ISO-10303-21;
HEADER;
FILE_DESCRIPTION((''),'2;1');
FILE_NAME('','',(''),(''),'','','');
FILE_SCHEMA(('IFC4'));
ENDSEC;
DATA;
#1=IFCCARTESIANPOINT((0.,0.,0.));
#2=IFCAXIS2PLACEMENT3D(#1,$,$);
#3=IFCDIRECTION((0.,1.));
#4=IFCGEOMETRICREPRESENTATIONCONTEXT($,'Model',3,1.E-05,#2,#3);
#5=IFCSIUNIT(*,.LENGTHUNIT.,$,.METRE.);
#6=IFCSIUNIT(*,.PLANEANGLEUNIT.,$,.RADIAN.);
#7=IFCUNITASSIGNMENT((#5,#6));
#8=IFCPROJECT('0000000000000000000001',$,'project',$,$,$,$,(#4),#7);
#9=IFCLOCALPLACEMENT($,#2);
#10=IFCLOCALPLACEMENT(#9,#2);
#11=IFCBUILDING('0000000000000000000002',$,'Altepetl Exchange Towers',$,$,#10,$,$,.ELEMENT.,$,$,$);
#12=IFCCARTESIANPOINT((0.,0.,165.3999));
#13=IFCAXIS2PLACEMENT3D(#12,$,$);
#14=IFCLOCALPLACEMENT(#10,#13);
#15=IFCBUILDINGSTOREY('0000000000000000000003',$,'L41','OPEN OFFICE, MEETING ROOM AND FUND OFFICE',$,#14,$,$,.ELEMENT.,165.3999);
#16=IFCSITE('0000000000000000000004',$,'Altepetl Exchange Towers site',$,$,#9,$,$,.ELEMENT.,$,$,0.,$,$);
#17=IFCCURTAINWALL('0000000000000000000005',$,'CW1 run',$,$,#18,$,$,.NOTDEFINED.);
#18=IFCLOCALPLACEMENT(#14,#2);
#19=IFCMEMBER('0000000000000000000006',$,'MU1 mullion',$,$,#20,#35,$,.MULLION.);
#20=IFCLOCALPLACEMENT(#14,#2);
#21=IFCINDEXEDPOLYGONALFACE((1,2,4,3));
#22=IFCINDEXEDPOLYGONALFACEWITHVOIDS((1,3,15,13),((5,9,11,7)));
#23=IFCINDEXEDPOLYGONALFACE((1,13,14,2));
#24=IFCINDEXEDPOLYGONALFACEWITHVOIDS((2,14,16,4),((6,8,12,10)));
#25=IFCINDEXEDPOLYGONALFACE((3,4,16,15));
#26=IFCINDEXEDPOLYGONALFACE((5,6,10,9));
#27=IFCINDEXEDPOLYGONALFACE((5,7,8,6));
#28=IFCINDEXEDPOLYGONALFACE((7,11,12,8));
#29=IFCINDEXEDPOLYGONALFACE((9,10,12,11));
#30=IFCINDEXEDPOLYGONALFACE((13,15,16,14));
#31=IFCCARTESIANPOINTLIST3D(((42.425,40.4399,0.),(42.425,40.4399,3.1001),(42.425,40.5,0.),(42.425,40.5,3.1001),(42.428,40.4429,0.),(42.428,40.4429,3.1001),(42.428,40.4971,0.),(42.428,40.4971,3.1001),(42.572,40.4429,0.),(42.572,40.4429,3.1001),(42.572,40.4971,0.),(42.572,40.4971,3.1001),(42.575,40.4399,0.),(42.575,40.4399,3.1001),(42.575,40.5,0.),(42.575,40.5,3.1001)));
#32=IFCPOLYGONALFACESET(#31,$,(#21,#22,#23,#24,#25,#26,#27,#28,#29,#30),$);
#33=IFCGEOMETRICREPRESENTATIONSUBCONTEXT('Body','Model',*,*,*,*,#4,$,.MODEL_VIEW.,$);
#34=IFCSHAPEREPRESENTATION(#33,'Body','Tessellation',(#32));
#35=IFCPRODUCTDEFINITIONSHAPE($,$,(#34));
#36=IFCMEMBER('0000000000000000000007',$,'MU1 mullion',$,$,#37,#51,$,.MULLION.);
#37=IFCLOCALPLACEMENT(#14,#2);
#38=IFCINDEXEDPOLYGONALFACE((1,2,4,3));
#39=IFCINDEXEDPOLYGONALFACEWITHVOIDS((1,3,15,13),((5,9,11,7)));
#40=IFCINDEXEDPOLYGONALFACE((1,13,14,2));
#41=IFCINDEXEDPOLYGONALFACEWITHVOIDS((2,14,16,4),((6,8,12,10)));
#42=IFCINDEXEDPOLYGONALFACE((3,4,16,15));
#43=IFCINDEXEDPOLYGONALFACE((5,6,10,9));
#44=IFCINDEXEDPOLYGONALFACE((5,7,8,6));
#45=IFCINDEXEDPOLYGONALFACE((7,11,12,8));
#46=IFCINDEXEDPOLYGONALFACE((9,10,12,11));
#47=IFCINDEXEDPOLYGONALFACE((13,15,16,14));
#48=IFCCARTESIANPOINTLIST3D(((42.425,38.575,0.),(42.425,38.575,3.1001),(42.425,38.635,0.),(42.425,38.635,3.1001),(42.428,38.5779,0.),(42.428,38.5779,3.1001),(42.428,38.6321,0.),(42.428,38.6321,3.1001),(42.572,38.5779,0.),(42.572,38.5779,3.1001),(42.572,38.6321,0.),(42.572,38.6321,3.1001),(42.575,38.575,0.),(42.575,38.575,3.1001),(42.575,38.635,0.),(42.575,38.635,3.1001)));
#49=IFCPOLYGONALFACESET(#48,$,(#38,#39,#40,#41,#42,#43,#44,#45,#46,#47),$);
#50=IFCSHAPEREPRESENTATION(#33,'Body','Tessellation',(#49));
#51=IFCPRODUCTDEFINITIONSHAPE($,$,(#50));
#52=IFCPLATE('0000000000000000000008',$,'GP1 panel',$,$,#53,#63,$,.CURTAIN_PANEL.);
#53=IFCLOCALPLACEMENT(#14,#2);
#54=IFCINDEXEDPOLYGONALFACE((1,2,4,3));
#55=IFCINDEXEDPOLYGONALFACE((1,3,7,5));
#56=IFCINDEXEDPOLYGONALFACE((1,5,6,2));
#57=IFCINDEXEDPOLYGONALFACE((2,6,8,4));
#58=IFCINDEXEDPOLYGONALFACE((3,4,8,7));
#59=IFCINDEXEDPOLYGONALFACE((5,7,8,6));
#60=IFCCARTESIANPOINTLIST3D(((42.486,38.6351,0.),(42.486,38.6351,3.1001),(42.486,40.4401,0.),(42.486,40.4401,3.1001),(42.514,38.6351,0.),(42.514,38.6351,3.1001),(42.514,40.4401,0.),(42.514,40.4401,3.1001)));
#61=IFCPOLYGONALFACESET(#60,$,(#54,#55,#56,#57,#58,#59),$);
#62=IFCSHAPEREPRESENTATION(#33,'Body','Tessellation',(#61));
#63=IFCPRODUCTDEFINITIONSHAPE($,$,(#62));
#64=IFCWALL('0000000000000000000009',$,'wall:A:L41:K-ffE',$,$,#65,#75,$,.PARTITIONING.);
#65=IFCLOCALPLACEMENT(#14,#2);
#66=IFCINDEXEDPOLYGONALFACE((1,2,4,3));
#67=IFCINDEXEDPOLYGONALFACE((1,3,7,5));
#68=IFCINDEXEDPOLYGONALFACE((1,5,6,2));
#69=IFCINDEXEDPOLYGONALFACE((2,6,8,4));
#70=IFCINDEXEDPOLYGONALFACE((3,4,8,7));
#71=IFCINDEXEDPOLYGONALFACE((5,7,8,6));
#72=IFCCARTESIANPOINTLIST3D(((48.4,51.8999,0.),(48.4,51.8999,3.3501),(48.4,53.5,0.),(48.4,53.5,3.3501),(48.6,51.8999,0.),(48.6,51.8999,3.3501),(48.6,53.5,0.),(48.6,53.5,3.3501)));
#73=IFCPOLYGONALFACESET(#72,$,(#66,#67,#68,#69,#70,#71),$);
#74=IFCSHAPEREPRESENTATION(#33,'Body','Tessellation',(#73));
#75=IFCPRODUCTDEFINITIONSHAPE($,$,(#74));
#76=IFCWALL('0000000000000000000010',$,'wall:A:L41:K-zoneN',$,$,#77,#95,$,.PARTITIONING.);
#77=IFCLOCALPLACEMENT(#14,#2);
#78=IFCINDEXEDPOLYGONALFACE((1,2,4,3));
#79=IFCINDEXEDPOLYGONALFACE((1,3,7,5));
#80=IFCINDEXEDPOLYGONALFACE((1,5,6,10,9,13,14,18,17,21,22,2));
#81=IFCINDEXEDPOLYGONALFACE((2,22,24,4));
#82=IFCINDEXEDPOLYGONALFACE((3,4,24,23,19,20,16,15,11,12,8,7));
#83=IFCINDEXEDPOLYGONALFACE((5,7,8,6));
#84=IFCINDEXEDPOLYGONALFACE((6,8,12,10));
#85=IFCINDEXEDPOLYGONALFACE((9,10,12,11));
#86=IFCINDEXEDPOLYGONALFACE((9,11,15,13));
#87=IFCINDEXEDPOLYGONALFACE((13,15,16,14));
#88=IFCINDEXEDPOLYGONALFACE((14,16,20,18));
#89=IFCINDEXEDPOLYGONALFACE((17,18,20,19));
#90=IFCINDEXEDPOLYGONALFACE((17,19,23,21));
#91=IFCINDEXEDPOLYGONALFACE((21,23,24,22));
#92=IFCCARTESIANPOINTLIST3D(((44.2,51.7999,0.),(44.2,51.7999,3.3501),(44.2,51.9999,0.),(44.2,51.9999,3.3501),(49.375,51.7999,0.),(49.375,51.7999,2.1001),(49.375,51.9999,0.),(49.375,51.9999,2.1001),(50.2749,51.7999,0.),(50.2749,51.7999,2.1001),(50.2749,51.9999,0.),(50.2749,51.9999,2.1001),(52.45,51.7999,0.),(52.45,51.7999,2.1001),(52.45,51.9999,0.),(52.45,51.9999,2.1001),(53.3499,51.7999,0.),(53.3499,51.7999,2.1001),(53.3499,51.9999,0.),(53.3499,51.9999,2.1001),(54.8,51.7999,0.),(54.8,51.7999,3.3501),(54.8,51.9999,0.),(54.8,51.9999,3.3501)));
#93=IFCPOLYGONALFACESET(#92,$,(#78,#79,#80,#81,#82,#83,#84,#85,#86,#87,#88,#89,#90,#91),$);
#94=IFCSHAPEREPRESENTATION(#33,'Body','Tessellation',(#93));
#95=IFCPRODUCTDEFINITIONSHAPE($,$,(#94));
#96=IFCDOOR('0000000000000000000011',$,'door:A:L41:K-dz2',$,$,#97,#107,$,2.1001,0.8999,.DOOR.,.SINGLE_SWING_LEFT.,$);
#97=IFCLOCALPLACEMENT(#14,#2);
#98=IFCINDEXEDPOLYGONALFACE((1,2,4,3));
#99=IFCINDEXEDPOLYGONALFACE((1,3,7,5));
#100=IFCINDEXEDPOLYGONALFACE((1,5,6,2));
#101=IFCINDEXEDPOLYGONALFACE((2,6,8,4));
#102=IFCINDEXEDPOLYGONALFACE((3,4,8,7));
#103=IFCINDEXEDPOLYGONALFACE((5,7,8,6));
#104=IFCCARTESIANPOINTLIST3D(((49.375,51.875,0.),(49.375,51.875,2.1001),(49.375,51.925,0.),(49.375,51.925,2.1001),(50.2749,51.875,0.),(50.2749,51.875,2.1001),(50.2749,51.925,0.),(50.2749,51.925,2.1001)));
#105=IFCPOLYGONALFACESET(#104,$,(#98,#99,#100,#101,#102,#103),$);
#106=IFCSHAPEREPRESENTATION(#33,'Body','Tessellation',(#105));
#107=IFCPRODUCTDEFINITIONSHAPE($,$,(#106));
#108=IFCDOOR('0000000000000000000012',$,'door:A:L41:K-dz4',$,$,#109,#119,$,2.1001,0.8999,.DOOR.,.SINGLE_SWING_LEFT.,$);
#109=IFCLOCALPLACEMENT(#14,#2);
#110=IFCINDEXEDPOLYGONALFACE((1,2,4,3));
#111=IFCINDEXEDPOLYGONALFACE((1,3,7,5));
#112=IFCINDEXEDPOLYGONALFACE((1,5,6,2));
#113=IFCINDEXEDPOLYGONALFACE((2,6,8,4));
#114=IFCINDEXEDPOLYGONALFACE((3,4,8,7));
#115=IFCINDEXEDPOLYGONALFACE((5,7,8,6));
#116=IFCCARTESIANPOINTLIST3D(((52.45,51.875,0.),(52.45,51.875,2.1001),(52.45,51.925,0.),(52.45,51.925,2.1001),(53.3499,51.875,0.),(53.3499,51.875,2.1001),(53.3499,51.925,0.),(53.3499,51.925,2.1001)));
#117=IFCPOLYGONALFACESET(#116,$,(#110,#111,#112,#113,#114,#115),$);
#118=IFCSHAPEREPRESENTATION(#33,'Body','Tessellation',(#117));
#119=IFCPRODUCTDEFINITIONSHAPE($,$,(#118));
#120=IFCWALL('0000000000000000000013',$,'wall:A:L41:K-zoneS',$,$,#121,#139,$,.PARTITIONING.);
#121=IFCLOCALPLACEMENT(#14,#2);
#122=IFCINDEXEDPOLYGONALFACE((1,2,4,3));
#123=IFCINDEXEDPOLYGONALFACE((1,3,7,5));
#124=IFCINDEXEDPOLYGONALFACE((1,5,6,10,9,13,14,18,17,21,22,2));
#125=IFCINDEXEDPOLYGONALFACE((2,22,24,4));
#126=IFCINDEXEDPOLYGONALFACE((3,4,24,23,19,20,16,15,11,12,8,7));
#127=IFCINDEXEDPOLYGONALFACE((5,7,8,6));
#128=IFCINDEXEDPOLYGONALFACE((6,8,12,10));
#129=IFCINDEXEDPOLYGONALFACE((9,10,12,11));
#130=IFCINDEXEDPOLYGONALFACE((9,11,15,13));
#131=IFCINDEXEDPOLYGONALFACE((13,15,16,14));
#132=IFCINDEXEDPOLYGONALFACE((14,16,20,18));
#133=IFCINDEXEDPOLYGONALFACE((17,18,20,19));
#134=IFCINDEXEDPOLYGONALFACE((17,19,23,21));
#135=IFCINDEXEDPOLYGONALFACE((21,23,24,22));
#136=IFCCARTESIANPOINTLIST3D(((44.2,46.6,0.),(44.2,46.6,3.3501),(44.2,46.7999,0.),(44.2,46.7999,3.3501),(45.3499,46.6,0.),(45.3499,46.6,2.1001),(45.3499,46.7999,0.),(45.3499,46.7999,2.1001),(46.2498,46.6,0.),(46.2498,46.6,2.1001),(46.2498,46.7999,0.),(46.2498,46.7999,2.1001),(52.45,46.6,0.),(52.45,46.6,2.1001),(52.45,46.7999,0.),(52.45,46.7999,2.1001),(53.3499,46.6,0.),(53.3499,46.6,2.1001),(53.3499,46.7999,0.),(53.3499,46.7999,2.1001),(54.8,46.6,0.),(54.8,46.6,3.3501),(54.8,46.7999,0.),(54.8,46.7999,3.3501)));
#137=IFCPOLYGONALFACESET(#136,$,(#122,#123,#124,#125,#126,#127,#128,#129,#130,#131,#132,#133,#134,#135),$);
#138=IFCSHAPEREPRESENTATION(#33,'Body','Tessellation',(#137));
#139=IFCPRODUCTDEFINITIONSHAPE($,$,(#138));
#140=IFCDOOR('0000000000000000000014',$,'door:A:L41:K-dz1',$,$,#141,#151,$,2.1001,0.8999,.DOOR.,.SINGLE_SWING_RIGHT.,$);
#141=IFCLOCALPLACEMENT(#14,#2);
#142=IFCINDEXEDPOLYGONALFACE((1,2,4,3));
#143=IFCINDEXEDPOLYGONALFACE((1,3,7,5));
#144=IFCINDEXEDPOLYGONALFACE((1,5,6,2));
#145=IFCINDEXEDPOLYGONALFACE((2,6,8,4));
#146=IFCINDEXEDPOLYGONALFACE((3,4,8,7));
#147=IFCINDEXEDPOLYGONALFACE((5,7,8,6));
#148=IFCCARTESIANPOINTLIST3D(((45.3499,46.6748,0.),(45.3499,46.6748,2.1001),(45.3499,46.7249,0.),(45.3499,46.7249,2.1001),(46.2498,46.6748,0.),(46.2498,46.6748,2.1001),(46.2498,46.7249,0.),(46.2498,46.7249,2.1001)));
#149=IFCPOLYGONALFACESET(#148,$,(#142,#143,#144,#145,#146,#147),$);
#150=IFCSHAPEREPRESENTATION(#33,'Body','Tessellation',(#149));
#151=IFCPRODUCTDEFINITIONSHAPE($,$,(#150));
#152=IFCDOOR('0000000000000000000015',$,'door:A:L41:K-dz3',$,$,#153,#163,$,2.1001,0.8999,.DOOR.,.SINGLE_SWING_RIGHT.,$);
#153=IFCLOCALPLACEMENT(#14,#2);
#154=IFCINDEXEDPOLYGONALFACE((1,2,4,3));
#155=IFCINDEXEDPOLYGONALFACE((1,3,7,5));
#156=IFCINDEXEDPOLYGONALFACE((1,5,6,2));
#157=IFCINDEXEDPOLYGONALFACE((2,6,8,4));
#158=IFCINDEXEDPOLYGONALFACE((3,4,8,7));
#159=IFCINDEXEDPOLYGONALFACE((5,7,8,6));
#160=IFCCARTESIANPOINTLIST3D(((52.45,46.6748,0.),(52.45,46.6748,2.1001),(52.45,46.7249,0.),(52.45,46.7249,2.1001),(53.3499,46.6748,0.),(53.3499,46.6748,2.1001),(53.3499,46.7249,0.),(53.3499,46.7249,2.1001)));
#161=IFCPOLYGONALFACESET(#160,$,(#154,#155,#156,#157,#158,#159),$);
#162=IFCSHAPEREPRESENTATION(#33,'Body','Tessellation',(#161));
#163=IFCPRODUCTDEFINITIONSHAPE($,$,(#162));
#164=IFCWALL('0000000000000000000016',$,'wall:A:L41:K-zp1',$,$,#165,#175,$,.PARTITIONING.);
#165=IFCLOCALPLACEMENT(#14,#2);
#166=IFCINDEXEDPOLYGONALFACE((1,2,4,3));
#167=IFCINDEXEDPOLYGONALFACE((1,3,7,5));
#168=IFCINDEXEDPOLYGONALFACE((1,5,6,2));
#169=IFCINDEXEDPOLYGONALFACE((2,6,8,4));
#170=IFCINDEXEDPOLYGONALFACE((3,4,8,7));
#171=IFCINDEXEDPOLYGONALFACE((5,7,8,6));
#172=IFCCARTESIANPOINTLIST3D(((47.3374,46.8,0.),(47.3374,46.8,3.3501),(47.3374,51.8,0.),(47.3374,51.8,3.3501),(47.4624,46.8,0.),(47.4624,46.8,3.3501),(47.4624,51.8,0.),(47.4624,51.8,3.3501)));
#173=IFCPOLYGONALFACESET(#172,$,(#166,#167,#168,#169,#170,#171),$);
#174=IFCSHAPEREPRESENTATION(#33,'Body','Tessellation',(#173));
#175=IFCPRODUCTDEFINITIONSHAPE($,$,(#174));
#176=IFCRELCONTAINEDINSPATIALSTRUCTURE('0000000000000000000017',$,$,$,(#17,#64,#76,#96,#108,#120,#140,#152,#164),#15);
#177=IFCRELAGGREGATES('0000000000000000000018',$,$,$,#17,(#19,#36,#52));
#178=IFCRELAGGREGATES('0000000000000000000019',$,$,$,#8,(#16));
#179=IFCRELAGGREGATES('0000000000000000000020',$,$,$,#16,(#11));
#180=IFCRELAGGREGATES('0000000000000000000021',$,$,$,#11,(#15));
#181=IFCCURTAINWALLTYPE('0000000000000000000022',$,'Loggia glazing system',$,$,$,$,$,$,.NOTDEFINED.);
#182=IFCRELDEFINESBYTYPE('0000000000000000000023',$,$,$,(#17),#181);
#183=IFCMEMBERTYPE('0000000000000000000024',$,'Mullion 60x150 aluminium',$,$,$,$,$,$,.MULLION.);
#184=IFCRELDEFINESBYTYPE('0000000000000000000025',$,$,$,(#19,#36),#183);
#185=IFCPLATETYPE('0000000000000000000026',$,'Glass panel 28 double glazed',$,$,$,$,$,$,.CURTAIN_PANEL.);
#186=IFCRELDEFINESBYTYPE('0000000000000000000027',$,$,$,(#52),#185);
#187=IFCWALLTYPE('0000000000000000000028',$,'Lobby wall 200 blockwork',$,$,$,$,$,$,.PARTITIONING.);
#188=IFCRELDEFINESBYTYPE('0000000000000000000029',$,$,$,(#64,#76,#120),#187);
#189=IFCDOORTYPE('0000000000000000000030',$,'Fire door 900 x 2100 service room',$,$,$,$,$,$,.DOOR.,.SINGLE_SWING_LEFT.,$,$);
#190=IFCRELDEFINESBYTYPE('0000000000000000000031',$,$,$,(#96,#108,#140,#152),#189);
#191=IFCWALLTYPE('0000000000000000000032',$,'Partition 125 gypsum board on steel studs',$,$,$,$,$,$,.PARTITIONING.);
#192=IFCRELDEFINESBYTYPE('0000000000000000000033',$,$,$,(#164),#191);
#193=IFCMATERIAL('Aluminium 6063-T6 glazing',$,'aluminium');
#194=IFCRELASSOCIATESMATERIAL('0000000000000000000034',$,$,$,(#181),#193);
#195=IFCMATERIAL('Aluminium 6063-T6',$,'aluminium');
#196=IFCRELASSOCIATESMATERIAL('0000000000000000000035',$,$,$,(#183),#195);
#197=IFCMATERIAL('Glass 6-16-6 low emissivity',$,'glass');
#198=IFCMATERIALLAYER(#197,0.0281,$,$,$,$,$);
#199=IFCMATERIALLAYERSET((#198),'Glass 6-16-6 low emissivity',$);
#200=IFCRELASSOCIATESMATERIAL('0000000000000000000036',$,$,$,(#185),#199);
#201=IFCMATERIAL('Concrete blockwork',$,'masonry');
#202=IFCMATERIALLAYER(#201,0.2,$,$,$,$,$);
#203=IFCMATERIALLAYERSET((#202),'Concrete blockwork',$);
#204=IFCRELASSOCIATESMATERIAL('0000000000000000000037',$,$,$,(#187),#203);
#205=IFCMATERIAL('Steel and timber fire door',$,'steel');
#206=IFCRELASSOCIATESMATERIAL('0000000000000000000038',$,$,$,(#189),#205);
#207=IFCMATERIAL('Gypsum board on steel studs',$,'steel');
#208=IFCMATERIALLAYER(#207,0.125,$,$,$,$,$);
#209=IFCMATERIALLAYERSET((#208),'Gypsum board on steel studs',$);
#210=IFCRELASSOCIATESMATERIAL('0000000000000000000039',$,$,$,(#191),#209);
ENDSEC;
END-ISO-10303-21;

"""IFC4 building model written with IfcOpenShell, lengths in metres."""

from ifc_helpers import new_model, si_unit, direction, frame, frame_2d, origin, origin_2d, place, context, subcontext, project, spatial, rectangle, hollow_rectangle, extrude, material, layer, layer_set, material_profile, profile_set, type_object, element, fill, aggregate, save


model = new_model("IFC4")

# Units and contexts
model_context = context("Model", 3, precision=1e-05, world=origin(), true_north=direction((0.0, 1.0)))
body_context = subcontext(model_context, "Body", "Model", "MODEL_VIEW")
ifc_project = project(units=[si_unit("LENGTHUNIT", "METRE"), si_unit("PLANEANGLEUNIT", "RADIAN")], contexts=[model_context])

# Site, building, storey
site_placement = place(None, origin())
site = spatial("IfcSite", under=ifc_project, at=site_placement, Name="Altepetl Exchange Towers site", CompositionType="ELEMENT", RefElevation=0.0)
building_placement = place(site_placement, origin())
building = spatial("IfcBuilding", under=site, at=building_placement, Name="Altepetl Exchange Towers", CompositionType="ELEMENT")
storey_placement = place(building_placement, frame((0.0, 0.0, 165.3999)))
storey = spatial("IfcBuildingStorey", under=building, at=storey_placement, Name="L41", Description="OPEN OFFICE, MEETING ROOM AND FUND OFFICE", CompositionType="ELEMENT", Elevation=165.3999)

# Curtain wall, members, plate
ifc_material_1 = material(Name="Aluminium 6063-T6 glazing", Category="aluminium")
curtain_wall_type = type_object("IfcCurtainWallType", Name="Loggia glazing system", PredefinedType="NOTDEFINED", material=ifc_material_1)
curtain_wall_placement = place(storey_placement, origin())
curtain_wall = element("IfcCurtainWall", 1, at=curtain_wall_placement, inside=storey, type_object=curtain_wall_type, Name="CW1 run", PredefinedType="NOTDEFINED")
ifc_material_2 = material(Name="Aluminium 6063-T6", Category="aluminium")
ifc_material_profile = material_profile(ifc_material_2, hollow_rectangle(XDim=0.0601, YDim=0.1499, WallThickness=0.0029, at=origin_2d()), Name="Mullion 60x150 aluminium")
ifc_profile_set = profile_set([ifc_material_profile], Name="Aluminium 6063-T6")
member_type = type_object("IfcMemberType", Name="Mullion 60x150 aluminium", PredefinedType="MULLION", material=ifc_profile_set)
member_1_placement = place(storey_placement, frame((42.5, 40.47, 0.0), z_axis=(0.0, 0.0, 1.0), x_axis=(0.0, -1.0, 0.0)))
member_1 = element("IfcMember", 2, at=member_1_placement, type_object=member_type, Name="MU1 mullion", PredefinedType="MULLION", context=body_context, shape_type="SweptSolid", body=[
    extrude(hollow_rectangle(XDim=0.0601, YDim=0.1499, WallThickness=0.0029, at=origin_2d()), origin(), (0.0, 0.0, 1.0), 3.1001),
])
member_2_placement = place(storey_placement, frame((42.5, 38.605, 0.0), z_axis=(0.0, 0.0, 1.0), x_axis=(0.0, -1.0, 0.0)))
member_2 = element("IfcMember", 3, at=member_2_placement, type_object=member_type, Name="MU1 mullion", PredefinedType="MULLION", context=body_context, shape_type="SweptSolid", body=[
    extrude(hollow_rectangle(XDim=0.0601, YDim=0.1499, WallThickness=0.0029, at=origin_2d()), origin(), (0.0, 0.0, 1.0), 3.1001),
])
ifc_material_3 = material(Name="Glass 6-16-6 low emissivity", Category="glass")
ifc_layer_1 = layer(ifc_material_3, 0.0281)
ifc_layer_set_1 = layer_set([ifc_layer_1], Name="Glass 6-16-6 low emissivity")
plate_type = type_object("IfcPlateType", Name="Glass panel 28 double glazed", PredefinedType="CURTAIN_PANEL", material=ifc_layer_set_1)
plate_placement = place(storey_placement, frame((42.5, 39.5376, 0.0), z_axis=(0.0, 0.0, 1.0), x_axis=(0.0, -1.0, 0.0)))
plate = element("IfcPlate", 4, at=plate_placement, type_object=plate_type, Name="GP1 panel", PredefinedType="CURTAIN_PANEL", context=body_context, shape_type="SweptSolid", body=[
    extrude(rectangle(XDim=1.8049, YDim=0.0281, at=origin_2d()), origin(), (0.0, 0.0, 1.0), 3.1001),
])
aggregate(curtain_wall, [member_1, member_2, plate])

# Wall
ifc_material_4 = material(Name="Concrete blockwork", Category="masonry")
ifc_layer_2 = layer(ifc_material_4, 0.2)
ifc_layer_set_2 = layer_set([ifc_layer_2], Name="Concrete blockwork")
wall_type_1 = type_object("IfcWallType", Name="Lobby wall 200 blockwork", PredefinedType="PARTITIONING", material=ifc_layer_set_2)
wall_1_placement = place(storey_placement, frame((48.5, 51.8999, 0.0), z_axis=(0.0, 0.0, 1.0), x_axis=(0.0, 1.0, 0.0)))
element("IfcWall", 5, at=wall_1_placement, inside=storey, type_object=wall_type_1, Name="wall:A:L41:K-ffE", PredefinedType="PARTITIONING", context=body_context, shape_type="SweptSolid", body=[
    extrude(rectangle(XDim=1.6001, YDim=0.2, at=frame_2d((0.8, 0.0))), origin(), (0.0, 0.0, 1.0), 3.3501),
])

# Walls, openings, doors
wall_2_placement = place(storey_placement, frame((44.2, 51.8999, 0.0)))
wall_2 = element("IfcWall", 6, at=wall_2_placement, inside=storey, type_object=wall_type_1, Name="wall:A:L41:K-zoneN", PredefinedType="PARTITIONING", context=body_context, shape_type="SweptSolid", body=[
    extrude(rectangle(XDim=10.6001, YDim=0.2, at=frame_2d((5.3, 0.0))), origin(), (0.0, 0.0, 1.0), 3.3501),
])
opening_1_placement = place(wall_2_placement, frame((5.175, 0.0, 0.0)))
opening_1 = element("IfcOpeningElement", 7, at=opening_1_placement, cuts=wall_2, PredefinedType="OPENING", context=body_context, shape_type="SweptSolid", body=[
    extrude(rectangle(XDim=0.8999, YDim=2.1001, at=frame_2d((0.45, 1.05))), frame((0.0, 0.1099, 0.0), z_axis=(0.0, -1.0, 0.0), x_axis=(1.0, 0.0, 0.0)), (0.0, 0.0, 1.0), 0.22),
])
opening_2_placement = place(wall_2_placement, frame((8.25, 0.0, 0.0)))
opening_2 = element("IfcOpeningElement", 8, at=opening_2_placement, cuts=wall_2, PredefinedType="OPENING", context=body_context, shape_type="SweptSolid", body=[
    extrude(rectangle(XDim=0.8999, YDim=2.1001, at=frame_2d((0.45, 1.05))), frame((0.0, 0.1099, 0.0), z_axis=(0.0, -1.0, 0.0), x_axis=(1.0, 0.0, 0.0)), (0.0, 0.0, 1.0), 0.22),
])
ifc_material_5 = material(Name="Steel and timber fire door", Category="steel")
door_type = type_object("IfcDoorType", Name="Fire door 900 x 2100 service room", OperationType="SINGLE_SWING_LEFT", PredefinedType="DOOR", material=ifc_material_5)
door_1_placement = place(opening_1_placement, frame((0.8999, 0.0, 0.0), x_axis=(-1.0, 0.0, 0.0)))
door_1 = element("IfcDoor", 9, at=door_1_placement, inside=storey, type_object=door_type, Name="door:A:L41:K-dz2", OperationType="SINGLE_SWING_LEFT", OverallHeight=2.1001, OverallWidth=0.8999, PredefinedType="DOOR", context=body_context, shape_type="SweptSolid", body=[
    extrude(rectangle(XDim=0.8999, YDim=2.1001, at=frame_2d((0.45, 1.05))), frame((0.0, 0.0249, 0.0), z_axis=(0.0, -1.0, 0.0), x_axis=(1.0, 0.0, 0.0)), (0.0, 0.0, 1.0), 0.05),
])
fill(opening_1, door_1)
door_2_placement = place(opening_2_placement, frame((0.8999, 0.0, 0.0), x_axis=(-1.0, 0.0, 0.0)))
door_2 = element("IfcDoor", 10, at=door_2_placement, inside=storey, type_object=door_type, Name="door:A:L41:K-dz4", OperationType="SINGLE_SWING_LEFT", OverallHeight=2.1001, OverallWidth=0.8999, PredefinedType="DOOR", context=body_context, shape_type="SweptSolid", body=[
    extrude(rectangle(XDim=0.8999, YDim=2.1001, at=frame_2d((0.45, 1.05))), frame((0.0, 0.0249, 0.0), z_axis=(0.0, -1.0, 0.0), x_axis=(1.0, 0.0, 0.0)), (0.0, 0.0, 1.0), 0.05),
])
fill(opening_2, door_2)
wall_3_placement = place(storey_placement, frame((44.2, 46.7, 0.0)))
wall_3 = element("IfcWall", 11, at=wall_3_placement, inside=storey, type_object=wall_type_1, Name="wall:A:L41:K-zoneS", PredefinedType="PARTITIONING", context=body_context, shape_type="SweptSolid", body=[
    extrude(rectangle(XDim=10.6001, YDim=0.2, at=frame_2d((5.3, 0.0))), origin(), (0.0, 0.0, 1.0), 3.3501),
])
opening_3_placement = place(wall_3_placement, frame((1.1499, 0.0, 0.0)))
opening_3 = element("IfcOpeningElement", 12, at=opening_3_placement, cuts=wall_3, PredefinedType="OPENING", context=body_context, shape_type="SweptSolid", body=[
    extrude(rectangle(XDim=0.8999, YDim=2.1001, at=frame_2d((0.45, 1.05))), frame((0.0, 0.1099, 0.0), z_axis=(0.0, -1.0, 0.0), x_axis=(1.0, 0.0, 0.0)), (0.0, 0.0, 1.0), 0.22),
])
opening_4_placement = place(wall_3_placement, frame((8.25, 0.0, 0.0)))
opening_4 = element("IfcOpeningElement", 13, at=opening_4_placement, cuts=wall_3, PredefinedType="OPENING", context=body_context, shape_type="SweptSolid", body=[
    extrude(rectangle(XDim=0.8999, YDim=2.1001, at=frame_2d((0.45, 1.05))), frame((0.0, 0.1099, 0.0), z_axis=(0.0, -1.0, 0.0), x_axis=(1.0, 0.0, 0.0)), (0.0, 0.0, 1.0), 0.22),
])
door_3_placement = place(opening_3_placement, origin())
door_3 = element("IfcDoor", 14, at=door_3_placement, inside=storey, type_object=door_type, Name="door:A:L41:K-dz1", OperationType="SINGLE_SWING_RIGHT", OverallHeight=2.1001, OverallWidth=0.8999, PredefinedType="DOOR", context=body_context, shape_type="SweptSolid", body=[
    extrude(rectangle(XDim=0.8999, YDim=2.1001, at=frame_2d((0.45, 1.05))), frame((0.0, 0.0249, 0.0), z_axis=(0.0, -1.0, 0.0), x_axis=(1.0, 0.0, 0.0)), (0.0, 0.0, 1.0), 0.05),
])
fill(opening_3, door_3)
door_4_placement = place(opening_4_placement, origin())
door_4 = element("IfcDoor", 15, at=door_4_placement, inside=storey, type_object=door_type, Name="door:A:L41:K-dz3", OperationType="SINGLE_SWING_RIGHT", OverallHeight=2.1001, OverallWidth=0.8999, PredefinedType="DOOR", context=body_context, shape_type="SweptSolid", body=[
    extrude(rectangle(XDim=0.8999, YDim=2.1001, at=frame_2d((0.45, 1.05))), frame((0.0, 0.0249, 0.0), z_axis=(0.0, -1.0, 0.0), x_axis=(1.0, 0.0, 0.0)), (0.0, 0.0, 1.0), 0.05),
])
fill(opening_4, door_4)

# Wall
ifc_material_6 = material(Name="Gypsum board on steel studs", Category="steel")
ifc_layer_3 = layer(ifc_material_6, 0.125)
ifc_layer_set_3 = layer_set([ifc_layer_3], Name="Gypsum board on steel studs")
wall_type_2 = type_object("IfcWallType", Name="Partition 125 gypsum board on steel studs", PredefinedType="PARTITIONING", material=ifc_layer_set_3)
wall_4_placement = place(storey_placement, frame((47.3999, 46.8, 0.0), z_axis=(0.0, 0.0, 1.0), x_axis=(0.0, 1.0, 0.0)))
element("IfcWall", 16, at=wall_4_placement, inside=storey, type_object=wall_type_2, Name="wall:A:L41:K-zp1", PredefinedType="PARTITIONING", context=body_context, shape_type="SweptSolid", body=[
    extrude(rectangle(XDim=5.0, YDim=0.125, at=frame_2d((2.5, 0.0))), origin(), (0.0, 0.0, 1.0), 3.3501),
])

save(model, "model.ifc")
